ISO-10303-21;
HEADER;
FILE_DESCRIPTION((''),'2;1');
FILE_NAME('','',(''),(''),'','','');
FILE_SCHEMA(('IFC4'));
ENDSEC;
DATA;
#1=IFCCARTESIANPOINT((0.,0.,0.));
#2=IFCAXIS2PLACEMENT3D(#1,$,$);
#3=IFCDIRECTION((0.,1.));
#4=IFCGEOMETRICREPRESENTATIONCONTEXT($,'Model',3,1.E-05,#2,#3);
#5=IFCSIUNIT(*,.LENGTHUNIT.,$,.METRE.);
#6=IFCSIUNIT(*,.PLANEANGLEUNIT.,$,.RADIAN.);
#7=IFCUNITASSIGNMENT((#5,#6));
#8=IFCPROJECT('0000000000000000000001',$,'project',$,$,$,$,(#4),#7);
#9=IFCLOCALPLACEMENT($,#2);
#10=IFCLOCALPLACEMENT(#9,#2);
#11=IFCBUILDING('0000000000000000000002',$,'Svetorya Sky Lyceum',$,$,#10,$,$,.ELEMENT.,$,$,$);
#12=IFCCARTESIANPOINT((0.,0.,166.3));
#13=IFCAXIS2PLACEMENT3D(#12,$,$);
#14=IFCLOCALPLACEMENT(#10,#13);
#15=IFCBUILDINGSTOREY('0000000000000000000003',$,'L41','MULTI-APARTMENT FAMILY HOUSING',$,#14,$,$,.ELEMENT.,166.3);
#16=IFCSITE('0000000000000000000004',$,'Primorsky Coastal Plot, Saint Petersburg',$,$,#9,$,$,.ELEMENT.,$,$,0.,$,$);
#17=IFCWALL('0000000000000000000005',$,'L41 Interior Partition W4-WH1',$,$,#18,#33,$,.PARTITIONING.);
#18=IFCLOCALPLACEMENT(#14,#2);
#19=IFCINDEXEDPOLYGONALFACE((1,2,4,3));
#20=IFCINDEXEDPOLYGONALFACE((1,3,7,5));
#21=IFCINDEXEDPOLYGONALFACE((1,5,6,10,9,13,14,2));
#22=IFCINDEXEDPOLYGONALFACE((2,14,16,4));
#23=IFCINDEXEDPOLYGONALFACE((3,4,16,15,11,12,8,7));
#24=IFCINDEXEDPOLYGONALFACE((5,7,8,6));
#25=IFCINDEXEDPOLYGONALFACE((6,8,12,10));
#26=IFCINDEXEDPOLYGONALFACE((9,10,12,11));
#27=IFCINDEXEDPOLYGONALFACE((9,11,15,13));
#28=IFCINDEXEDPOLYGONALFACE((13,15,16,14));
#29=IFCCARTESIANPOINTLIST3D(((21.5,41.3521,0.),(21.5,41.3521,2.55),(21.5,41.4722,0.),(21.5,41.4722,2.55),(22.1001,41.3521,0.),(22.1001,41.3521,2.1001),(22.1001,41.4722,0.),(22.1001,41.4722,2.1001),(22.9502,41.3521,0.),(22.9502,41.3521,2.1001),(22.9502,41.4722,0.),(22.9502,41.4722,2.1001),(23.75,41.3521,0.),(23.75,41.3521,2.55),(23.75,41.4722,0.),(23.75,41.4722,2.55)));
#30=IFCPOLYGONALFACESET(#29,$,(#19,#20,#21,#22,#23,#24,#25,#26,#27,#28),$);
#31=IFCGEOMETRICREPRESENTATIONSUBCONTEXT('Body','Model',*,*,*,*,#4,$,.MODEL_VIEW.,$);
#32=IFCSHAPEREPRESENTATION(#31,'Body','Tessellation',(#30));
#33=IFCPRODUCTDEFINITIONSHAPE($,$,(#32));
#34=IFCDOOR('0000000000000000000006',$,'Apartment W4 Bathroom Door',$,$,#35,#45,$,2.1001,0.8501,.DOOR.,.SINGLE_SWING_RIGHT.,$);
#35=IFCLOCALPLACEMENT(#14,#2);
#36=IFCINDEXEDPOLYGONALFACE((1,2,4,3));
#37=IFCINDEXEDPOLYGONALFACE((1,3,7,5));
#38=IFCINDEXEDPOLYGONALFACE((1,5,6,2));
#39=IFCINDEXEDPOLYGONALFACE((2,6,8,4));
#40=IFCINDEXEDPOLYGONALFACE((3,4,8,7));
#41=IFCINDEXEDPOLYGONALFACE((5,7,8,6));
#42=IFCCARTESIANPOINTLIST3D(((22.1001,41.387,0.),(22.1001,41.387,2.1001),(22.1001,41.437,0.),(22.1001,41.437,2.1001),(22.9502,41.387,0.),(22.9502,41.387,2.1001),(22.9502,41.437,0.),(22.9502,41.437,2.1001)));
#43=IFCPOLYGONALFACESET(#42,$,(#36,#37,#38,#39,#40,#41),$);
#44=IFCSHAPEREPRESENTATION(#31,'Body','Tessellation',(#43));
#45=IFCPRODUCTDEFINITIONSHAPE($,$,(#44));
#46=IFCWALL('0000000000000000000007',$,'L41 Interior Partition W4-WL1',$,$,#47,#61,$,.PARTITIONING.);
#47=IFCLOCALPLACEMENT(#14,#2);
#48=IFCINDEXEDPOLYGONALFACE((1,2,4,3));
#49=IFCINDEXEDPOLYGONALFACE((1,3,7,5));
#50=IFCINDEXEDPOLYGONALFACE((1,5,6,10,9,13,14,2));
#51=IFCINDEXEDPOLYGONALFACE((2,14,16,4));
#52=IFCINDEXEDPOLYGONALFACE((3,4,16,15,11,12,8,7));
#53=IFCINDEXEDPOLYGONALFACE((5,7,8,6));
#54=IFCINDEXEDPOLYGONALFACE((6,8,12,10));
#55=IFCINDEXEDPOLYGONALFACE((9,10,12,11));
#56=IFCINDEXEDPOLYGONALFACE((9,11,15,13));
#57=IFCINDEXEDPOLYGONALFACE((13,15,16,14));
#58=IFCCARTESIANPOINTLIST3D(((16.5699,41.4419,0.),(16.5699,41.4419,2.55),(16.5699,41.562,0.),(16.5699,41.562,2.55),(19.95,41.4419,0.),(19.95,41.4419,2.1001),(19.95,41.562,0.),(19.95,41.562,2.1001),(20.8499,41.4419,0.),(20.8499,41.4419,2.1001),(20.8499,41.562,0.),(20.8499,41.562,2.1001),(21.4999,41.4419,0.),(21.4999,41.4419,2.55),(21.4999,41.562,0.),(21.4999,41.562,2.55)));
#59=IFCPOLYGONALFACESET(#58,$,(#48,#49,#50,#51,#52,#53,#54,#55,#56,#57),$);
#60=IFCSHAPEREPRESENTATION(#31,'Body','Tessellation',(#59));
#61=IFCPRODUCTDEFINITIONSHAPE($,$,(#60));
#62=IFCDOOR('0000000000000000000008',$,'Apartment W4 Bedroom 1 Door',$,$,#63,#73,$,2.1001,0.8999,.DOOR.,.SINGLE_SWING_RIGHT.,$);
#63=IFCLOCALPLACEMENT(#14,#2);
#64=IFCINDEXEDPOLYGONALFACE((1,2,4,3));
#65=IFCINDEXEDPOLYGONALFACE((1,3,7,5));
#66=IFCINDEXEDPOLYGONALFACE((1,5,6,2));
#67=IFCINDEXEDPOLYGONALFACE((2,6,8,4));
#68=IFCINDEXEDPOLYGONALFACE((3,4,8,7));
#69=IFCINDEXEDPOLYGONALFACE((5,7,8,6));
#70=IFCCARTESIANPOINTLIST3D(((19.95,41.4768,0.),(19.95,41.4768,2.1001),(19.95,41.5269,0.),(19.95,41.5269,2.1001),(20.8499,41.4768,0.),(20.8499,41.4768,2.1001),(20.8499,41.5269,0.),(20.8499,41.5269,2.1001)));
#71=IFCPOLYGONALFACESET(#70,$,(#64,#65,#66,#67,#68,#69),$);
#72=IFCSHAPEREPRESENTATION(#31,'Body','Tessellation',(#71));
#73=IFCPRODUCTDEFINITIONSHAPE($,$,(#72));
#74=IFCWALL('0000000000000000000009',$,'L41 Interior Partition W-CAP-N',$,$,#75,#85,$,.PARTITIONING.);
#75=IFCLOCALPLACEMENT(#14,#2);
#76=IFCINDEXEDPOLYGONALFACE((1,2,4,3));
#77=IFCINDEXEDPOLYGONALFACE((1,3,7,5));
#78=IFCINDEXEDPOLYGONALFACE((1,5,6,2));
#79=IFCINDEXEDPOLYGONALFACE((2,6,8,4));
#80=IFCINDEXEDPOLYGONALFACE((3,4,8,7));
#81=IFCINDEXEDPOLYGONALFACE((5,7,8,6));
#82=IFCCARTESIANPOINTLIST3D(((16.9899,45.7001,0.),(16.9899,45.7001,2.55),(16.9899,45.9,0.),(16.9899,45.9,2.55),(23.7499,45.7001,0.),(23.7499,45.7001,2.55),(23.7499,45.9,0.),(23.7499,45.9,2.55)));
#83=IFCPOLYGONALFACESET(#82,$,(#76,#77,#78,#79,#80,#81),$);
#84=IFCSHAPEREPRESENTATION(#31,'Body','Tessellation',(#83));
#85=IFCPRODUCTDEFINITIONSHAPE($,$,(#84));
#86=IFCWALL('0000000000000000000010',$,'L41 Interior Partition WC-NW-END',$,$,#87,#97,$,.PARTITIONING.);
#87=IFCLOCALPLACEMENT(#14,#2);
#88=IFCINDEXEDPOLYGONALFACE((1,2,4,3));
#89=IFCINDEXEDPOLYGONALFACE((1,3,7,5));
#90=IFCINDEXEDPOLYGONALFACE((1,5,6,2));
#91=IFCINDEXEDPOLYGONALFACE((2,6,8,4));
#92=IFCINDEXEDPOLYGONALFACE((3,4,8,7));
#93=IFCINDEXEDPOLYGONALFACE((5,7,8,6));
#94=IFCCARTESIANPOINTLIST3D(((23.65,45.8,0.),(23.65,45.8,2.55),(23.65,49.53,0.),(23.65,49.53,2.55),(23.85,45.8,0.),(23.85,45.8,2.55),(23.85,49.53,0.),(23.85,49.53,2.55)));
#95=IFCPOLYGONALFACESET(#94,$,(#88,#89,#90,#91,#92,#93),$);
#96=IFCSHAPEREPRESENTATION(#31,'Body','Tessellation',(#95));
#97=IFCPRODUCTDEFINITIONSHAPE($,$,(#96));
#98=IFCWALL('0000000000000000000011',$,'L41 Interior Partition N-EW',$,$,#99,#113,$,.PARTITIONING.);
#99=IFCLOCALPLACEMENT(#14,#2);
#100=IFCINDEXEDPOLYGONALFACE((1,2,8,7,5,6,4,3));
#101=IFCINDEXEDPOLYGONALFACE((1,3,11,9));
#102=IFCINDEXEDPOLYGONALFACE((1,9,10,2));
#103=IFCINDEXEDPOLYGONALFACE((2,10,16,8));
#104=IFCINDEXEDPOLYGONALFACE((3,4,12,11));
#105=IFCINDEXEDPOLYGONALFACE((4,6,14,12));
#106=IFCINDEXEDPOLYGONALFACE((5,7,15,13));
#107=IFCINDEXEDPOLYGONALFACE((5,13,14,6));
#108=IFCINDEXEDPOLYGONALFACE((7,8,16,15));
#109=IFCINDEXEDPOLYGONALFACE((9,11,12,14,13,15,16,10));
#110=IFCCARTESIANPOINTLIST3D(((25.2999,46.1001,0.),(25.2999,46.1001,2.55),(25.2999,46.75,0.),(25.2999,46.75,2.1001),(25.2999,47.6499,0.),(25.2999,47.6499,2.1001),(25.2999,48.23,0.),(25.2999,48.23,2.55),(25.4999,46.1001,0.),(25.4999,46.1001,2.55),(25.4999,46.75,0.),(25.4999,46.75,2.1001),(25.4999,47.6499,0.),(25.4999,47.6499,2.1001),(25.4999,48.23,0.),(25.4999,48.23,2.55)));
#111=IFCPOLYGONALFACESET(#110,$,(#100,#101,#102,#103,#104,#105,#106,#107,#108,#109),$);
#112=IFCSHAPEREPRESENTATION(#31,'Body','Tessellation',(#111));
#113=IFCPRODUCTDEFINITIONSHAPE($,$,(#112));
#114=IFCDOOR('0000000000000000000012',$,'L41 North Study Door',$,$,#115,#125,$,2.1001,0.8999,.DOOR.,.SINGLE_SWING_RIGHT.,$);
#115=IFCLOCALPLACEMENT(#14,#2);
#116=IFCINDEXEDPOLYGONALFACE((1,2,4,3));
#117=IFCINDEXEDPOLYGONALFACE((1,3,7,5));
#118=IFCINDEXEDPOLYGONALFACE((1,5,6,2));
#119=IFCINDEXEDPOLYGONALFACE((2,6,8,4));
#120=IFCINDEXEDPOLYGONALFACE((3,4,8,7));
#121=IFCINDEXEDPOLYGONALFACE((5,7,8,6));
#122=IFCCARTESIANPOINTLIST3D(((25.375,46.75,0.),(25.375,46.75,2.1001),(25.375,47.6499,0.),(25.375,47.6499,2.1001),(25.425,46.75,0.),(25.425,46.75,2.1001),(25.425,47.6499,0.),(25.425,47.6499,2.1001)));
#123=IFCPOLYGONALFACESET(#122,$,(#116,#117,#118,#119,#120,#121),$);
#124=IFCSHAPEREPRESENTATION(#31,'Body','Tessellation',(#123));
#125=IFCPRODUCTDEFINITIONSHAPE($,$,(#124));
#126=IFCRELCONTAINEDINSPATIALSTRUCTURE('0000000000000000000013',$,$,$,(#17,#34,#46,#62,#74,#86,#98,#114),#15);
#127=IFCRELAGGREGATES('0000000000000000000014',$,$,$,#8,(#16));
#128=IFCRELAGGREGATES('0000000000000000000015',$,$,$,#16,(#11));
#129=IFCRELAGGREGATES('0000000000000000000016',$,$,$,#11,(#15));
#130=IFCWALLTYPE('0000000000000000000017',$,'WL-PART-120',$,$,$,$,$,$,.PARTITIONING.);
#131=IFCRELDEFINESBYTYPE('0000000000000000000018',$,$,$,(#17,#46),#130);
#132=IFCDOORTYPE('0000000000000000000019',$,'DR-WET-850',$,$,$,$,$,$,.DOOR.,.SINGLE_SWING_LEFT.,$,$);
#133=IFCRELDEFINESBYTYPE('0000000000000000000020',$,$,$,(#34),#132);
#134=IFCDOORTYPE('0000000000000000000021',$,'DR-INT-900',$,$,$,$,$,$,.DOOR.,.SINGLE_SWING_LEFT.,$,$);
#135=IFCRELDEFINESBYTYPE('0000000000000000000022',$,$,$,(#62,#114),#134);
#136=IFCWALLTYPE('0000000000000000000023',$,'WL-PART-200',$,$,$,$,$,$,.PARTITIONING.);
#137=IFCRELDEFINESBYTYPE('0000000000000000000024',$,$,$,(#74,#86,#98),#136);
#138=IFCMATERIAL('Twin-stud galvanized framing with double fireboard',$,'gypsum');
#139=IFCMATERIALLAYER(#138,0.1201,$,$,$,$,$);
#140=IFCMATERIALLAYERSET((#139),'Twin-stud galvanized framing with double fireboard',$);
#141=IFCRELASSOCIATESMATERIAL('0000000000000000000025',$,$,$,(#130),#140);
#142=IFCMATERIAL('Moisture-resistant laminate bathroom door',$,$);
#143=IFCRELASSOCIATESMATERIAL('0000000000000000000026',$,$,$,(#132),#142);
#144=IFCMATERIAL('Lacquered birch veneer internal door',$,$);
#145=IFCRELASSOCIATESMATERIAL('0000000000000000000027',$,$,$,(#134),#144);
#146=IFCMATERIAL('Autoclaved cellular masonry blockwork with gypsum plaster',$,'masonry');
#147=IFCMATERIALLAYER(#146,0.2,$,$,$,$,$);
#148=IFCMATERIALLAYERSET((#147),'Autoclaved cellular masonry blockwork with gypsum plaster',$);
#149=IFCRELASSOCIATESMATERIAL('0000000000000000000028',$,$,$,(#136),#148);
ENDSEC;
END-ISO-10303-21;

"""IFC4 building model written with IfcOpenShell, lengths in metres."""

from ifc_helpers import new_model, si_unit, direction, frame, frame_2d, origin, place, context, subcontext, project, spatial, rectangle, extrude, material, layer, layer_set, type_object, element, fill, save


model = new_model("IFC4")

# Units and contexts
model_context = context("Model", 3, precision=1e-05, world=origin(), true_north=direction((0.0, 1.0)))
body_context = subcontext(model_context, "Body", "Model", "MODEL_VIEW")
ifc_project = project(units=[si_unit("LENGTHUNIT", "METRE"), si_unit("PLANEANGLEUNIT", "RADIAN")], contexts=[model_context])

# Site, building, storey
site_placement = place(None, origin())
site = spatial("IfcSite", under=ifc_project, at=site_placement, Name="Primorsky Coastal Plot, Saint Petersburg", CompositionType="ELEMENT", RefElevation=0.0)
building_placement = place(site_placement, origin())
building = spatial("IfcBuilding", under=site, at=building_placement, Name="Svetorya Sky Lyceum", CompositionType="ELEMENT")
storey_placement = place(building_placement, frame((0.0, 0.0, 166.3)))
storey = spatial("IfcBuildingStorey", under=building, at=storey_placement, Name="L41", Description="MULTI-APARTMENT FAMILY HOUSING", CompositionType="ELEMENT", Elevation=166.3)

# Walls, openings, doors
ifc_material_1 = material(Name="Twin-stud galvanized framing with double fireboard", Category="gypsum")
ifc_layer_1 = layer(ifc_material_1, 0.1201)
ifc_layer_set_1 = layer_set([ifc_layer_1], Name="Twin-stud galvanized framing with double fireboard")
wall_type_1 = type_object("IfcWallType", Name="WL-PART-120", PredefinedType="PARTITIONING", material=ifc_layer_set_1)
wall_1_placement = place(storey_placement, frame((21.5, 41.4121, 0.0), z_axis=(0.0, 0.0, 1.0), x_axis=(1.0, 0.0, 0.0)))
wall_1 = element("IfcWall", 1, at=wall_1_placement, inside=storey, type_object=wall_type_1, Name="L41 Interior Partition W4-WH1", PredefinedType="PARTITIONING", context=body_context, shape_type="SweptSolid", body=[
    extrude(rectangle(XDim=2.25, YDim=0.1201, at=frame_2d((1.125, 0.0))), origin(), (0.0, 0.0, 1.0), 2.55),
])
opening_1_placement = place(wall_1_placement, frame((0.6001, 0.0, 0.0)))
opening_1 = element("IfcOpeningElement", 2, at=opening_1_placement, cuts=wall_1, PredefinedType="OPENING", context=body_context, shape_type="SweptSolid", body=[
    extrude(rectangle(XDim=0.8501, YDim=2.1001, at=frame_2d((0.425, 1.05))), frame((0.0, 0.0701, 0.0), z_axis=(0.0, -1.0, 0.0), x_axis=(1.0, 0.0, 0.0)), (0.0, 0.0, 1.0), 0.1401),
])
ifc_material_2 = material(Name="Moisture-resistant laminate bathroom door")
door_type_1 = type_object("IfcDoorType", Name="DR-WET-850", OperationType="SINGLE_SWING_LEFT", PredefinedType="DOOR", material=ifc_material_2)
door_1_placement = place(opening_1_placement, origin())
door_1 = element("IfcDoor", 3, at=door_1_placement, inside=storey, type_object=door_type_1, Name="Apartment W4 Bathroom Door", OperationType="SINGLE_SWING_RIGHT", OverallHeight=2.1001, OverallWidth=0.8501, PredefinedType="DOOR", context=body_context, shape_type="SweptSolid", body=[
    extrude(rectangle(XDim=0.8501, YDim=2.1001, at=frame_2d((0.425, 1.05))), frame((0.0, 0.0249, 0.0), z_axis=(0.0, -1.0, 0.0), x_axis=(1.0, 0.0, 0.0)), (0.0, 0.0, 1.0), 0.05),
])
fill(opening_1, door_1)
wall_2_placement = place(storey_placement, frame((16.5701, 41.502, 0.0), z_axis=(0.0, 0.0, 1.0), x_axis=(1.0, 0.0, 0.0)))
wall_2 = element("IfcWall", 4, at=wall_2_placement, inside=storey, type_object=wall_type_1, Name="L41 Interior Partition W4-WL1", PredefinedType="PARTITIONING", context=body_context, shape_type="SweptSolid", body=[
    extrude(rectangle(XDim=4.9299, YDim=0.1201, at=frame_2d((2.4648, 0.0))), origin(), (0.0, 0.0, 1.0), 2.55),
])
opening_2_placement = place(wall_2_placement, frame((3.3799, 0.0, 0.0)))
opening_2 = element("IfcOpeningElement", 5, at=opening_2_placement, cuts=wall_2, PredefinedType="OPENING", context=body_context, shape_type="SweptSolid", body=[
    extrude(rectangle(XDim=0.8999, YDim=2.1001, at=frame_2d((0.45, 1.05))), frame((0.0, 0.0701, 0.0), z_axis=(0.0, -1.0, 0.0), x_axis=(1.0, 0.0, 0.0)), (0.0, 0.0, 1.0), 0.1401),
])
ifc_material_3 = material(Name="Lacquered birch veneer internal door")
door_type_2 = type_object("IfcDoorType", Name="DR-INT-900", OperationType="SINGLE_SWING_LEFT", PredefinedType="DOOR", material=ifc_material_3)
door_2_placement = place(opening_2_placement, origin())
door_2 = element("IfcDoor", 6, at=door_2_placement, inside=storey, type_object=door_type_2, Name="Apartment W4 Bedroom 1 Door", OperationType="SINGLE_SWING_RIGHT", OverallHeight=2.1001, OverallWidth=0.8999, PredefinedType="DOOR", context=body_context, shape_type="SweptSolid", body=[
    extrude(rectangle(XDim=0.8999, YDim=2.1001, at=frame_2d((0.45, 1.05))), frame((0.0, 0.0249, 0.0), z_axis=(0.0, -1.0, 0.0), x_axis=(1.0, 0.0, 0.0)), (0.0, 0.0, 1.0), 0.05),
])
fill(opening_2, door_2)

# Walls
ifc_material_4 = material(Name="Autoclaved cellular masonry blockwork with gypsum plaster", Category="masonry")
ifc_layer_2 = layer(ifc_material_4, 0.2)
ifc_layer_set_2 = layer_set([ifc_layer_2], Name="Autoclaved cellular masonry blockwork with gypsum plaster")
wall_type_2 = type_object("IfcWallType", Name="WL-PART-200", PredefinedType="PARTITIONING", material=ifc_layer_set_2)
wall_3_placement = place(storey_placement, frame((16.99, 45.8, 0.0), z_axis=(0.0, 0.0, 1.0), x_axis=(1.0, 0.0, 0.0)))
element("IfcWall", 7, at=wall_3_placement, inside=storey, type_object=wall_type_2, Name="L41 Interior Partition W-CAP-N", PredefinedType="PARTITIONING", context=body_context, shape_type="SweptSolid", body=[
    extrude(rectangle(XDim=6.76, YDim=0.2, at=frame_2d((3.3799, 0.0))), origin(), (0.0, 0.0, 1.0), 2.55),
])
wall_4_placement = place(storey_placement, frame((23.75, 45.8, 0.0), z_axis=(0.0, 0.0, 1.0), x_axis=(0.0, 1.0, 0.0)))
element("IfcWall", 8, at=wall_4_placement, inside=storey, type_object=wall_type_2, Name="L41 Interior Partition WC-NW-END", PredefinedType="PARTITIONING", context=body_context, shape_type="SweptSolid", body=[
    extrude(rectangle(XDim=3.73, YDim=0.2, at=frame_2d((1.865, 0.0))), origin(), (0.0, 0.0, 1.0), 2.55),
])

# Wall, opening, door
wall_5_placement = place(storey_placement, frame((25.3999, 46.1001, 0.0), z_axis=(0.0, 0.0, 1.0), x_axis=(0.0, 1.0, 0.0)))
wall_5 = element("IfcWall", 9, at=wall_5_placement, inside=storey, type_object=wall_type_2, Name="L41 Interior Partition N-EW", PredefinedType="PARTITIONING", context=body_context, shape_type="SweptSolid", body=[
    extrude(rectangle(XDim=2.1299, YDim=0.2, at=frame_2d((1.0649, 0.0))), origin(), (0.0, 0.0, 1.0), 2.55),
])
opening_3_placement = place(wall_5_placement, frame((0.6499, 0.0, 0.0)))
opening_3 = element("IfcOpeningElement", 10, at=opening_3_placement, cuts=wall_5, PredefinedType="OPENING", context=body_context, shape_type="SweptSolid", body=[
    extrude(rectangle(XDim=0.8999, YDim=2.1001, at=frame_2d((0.45, 1.05))), frame((0.0, 0.1099, 0.0), z_axis=(0.0, -1.0, 0.0), x_axis=(1.0, 0.0, 0.0)), (0.0, 0.0, 1.0), 0.22),
])
door_3_placement = place(opening_3_placement, origin())
door_3 = element("IfcDoor", 11, at=door_3_placement, inside=storey, type_object=door_type_2, Name="L41 North Study Door", OperationType="SINGLE_SWING_RIGHT", OverallHeight=2.1001, OverallWidth=0.8999, PredefinedType="DOOR", context=body_context, shape_type="SweptSolid", body=[
    extrude(rectangle(XDim=0.8999, YDim=2.1001, at=frame_2d((0.45, 1.05))), frame((0.0, 0.0249, 0.0), z_axis=(0.0, -1.0, 0.0), x_axis=(1.0, 0.0, 0.0)), (0.0, 0.0, 1.0), 0.05),
])
fill(opening_3, door_3)

save(model, "model.ifc")
